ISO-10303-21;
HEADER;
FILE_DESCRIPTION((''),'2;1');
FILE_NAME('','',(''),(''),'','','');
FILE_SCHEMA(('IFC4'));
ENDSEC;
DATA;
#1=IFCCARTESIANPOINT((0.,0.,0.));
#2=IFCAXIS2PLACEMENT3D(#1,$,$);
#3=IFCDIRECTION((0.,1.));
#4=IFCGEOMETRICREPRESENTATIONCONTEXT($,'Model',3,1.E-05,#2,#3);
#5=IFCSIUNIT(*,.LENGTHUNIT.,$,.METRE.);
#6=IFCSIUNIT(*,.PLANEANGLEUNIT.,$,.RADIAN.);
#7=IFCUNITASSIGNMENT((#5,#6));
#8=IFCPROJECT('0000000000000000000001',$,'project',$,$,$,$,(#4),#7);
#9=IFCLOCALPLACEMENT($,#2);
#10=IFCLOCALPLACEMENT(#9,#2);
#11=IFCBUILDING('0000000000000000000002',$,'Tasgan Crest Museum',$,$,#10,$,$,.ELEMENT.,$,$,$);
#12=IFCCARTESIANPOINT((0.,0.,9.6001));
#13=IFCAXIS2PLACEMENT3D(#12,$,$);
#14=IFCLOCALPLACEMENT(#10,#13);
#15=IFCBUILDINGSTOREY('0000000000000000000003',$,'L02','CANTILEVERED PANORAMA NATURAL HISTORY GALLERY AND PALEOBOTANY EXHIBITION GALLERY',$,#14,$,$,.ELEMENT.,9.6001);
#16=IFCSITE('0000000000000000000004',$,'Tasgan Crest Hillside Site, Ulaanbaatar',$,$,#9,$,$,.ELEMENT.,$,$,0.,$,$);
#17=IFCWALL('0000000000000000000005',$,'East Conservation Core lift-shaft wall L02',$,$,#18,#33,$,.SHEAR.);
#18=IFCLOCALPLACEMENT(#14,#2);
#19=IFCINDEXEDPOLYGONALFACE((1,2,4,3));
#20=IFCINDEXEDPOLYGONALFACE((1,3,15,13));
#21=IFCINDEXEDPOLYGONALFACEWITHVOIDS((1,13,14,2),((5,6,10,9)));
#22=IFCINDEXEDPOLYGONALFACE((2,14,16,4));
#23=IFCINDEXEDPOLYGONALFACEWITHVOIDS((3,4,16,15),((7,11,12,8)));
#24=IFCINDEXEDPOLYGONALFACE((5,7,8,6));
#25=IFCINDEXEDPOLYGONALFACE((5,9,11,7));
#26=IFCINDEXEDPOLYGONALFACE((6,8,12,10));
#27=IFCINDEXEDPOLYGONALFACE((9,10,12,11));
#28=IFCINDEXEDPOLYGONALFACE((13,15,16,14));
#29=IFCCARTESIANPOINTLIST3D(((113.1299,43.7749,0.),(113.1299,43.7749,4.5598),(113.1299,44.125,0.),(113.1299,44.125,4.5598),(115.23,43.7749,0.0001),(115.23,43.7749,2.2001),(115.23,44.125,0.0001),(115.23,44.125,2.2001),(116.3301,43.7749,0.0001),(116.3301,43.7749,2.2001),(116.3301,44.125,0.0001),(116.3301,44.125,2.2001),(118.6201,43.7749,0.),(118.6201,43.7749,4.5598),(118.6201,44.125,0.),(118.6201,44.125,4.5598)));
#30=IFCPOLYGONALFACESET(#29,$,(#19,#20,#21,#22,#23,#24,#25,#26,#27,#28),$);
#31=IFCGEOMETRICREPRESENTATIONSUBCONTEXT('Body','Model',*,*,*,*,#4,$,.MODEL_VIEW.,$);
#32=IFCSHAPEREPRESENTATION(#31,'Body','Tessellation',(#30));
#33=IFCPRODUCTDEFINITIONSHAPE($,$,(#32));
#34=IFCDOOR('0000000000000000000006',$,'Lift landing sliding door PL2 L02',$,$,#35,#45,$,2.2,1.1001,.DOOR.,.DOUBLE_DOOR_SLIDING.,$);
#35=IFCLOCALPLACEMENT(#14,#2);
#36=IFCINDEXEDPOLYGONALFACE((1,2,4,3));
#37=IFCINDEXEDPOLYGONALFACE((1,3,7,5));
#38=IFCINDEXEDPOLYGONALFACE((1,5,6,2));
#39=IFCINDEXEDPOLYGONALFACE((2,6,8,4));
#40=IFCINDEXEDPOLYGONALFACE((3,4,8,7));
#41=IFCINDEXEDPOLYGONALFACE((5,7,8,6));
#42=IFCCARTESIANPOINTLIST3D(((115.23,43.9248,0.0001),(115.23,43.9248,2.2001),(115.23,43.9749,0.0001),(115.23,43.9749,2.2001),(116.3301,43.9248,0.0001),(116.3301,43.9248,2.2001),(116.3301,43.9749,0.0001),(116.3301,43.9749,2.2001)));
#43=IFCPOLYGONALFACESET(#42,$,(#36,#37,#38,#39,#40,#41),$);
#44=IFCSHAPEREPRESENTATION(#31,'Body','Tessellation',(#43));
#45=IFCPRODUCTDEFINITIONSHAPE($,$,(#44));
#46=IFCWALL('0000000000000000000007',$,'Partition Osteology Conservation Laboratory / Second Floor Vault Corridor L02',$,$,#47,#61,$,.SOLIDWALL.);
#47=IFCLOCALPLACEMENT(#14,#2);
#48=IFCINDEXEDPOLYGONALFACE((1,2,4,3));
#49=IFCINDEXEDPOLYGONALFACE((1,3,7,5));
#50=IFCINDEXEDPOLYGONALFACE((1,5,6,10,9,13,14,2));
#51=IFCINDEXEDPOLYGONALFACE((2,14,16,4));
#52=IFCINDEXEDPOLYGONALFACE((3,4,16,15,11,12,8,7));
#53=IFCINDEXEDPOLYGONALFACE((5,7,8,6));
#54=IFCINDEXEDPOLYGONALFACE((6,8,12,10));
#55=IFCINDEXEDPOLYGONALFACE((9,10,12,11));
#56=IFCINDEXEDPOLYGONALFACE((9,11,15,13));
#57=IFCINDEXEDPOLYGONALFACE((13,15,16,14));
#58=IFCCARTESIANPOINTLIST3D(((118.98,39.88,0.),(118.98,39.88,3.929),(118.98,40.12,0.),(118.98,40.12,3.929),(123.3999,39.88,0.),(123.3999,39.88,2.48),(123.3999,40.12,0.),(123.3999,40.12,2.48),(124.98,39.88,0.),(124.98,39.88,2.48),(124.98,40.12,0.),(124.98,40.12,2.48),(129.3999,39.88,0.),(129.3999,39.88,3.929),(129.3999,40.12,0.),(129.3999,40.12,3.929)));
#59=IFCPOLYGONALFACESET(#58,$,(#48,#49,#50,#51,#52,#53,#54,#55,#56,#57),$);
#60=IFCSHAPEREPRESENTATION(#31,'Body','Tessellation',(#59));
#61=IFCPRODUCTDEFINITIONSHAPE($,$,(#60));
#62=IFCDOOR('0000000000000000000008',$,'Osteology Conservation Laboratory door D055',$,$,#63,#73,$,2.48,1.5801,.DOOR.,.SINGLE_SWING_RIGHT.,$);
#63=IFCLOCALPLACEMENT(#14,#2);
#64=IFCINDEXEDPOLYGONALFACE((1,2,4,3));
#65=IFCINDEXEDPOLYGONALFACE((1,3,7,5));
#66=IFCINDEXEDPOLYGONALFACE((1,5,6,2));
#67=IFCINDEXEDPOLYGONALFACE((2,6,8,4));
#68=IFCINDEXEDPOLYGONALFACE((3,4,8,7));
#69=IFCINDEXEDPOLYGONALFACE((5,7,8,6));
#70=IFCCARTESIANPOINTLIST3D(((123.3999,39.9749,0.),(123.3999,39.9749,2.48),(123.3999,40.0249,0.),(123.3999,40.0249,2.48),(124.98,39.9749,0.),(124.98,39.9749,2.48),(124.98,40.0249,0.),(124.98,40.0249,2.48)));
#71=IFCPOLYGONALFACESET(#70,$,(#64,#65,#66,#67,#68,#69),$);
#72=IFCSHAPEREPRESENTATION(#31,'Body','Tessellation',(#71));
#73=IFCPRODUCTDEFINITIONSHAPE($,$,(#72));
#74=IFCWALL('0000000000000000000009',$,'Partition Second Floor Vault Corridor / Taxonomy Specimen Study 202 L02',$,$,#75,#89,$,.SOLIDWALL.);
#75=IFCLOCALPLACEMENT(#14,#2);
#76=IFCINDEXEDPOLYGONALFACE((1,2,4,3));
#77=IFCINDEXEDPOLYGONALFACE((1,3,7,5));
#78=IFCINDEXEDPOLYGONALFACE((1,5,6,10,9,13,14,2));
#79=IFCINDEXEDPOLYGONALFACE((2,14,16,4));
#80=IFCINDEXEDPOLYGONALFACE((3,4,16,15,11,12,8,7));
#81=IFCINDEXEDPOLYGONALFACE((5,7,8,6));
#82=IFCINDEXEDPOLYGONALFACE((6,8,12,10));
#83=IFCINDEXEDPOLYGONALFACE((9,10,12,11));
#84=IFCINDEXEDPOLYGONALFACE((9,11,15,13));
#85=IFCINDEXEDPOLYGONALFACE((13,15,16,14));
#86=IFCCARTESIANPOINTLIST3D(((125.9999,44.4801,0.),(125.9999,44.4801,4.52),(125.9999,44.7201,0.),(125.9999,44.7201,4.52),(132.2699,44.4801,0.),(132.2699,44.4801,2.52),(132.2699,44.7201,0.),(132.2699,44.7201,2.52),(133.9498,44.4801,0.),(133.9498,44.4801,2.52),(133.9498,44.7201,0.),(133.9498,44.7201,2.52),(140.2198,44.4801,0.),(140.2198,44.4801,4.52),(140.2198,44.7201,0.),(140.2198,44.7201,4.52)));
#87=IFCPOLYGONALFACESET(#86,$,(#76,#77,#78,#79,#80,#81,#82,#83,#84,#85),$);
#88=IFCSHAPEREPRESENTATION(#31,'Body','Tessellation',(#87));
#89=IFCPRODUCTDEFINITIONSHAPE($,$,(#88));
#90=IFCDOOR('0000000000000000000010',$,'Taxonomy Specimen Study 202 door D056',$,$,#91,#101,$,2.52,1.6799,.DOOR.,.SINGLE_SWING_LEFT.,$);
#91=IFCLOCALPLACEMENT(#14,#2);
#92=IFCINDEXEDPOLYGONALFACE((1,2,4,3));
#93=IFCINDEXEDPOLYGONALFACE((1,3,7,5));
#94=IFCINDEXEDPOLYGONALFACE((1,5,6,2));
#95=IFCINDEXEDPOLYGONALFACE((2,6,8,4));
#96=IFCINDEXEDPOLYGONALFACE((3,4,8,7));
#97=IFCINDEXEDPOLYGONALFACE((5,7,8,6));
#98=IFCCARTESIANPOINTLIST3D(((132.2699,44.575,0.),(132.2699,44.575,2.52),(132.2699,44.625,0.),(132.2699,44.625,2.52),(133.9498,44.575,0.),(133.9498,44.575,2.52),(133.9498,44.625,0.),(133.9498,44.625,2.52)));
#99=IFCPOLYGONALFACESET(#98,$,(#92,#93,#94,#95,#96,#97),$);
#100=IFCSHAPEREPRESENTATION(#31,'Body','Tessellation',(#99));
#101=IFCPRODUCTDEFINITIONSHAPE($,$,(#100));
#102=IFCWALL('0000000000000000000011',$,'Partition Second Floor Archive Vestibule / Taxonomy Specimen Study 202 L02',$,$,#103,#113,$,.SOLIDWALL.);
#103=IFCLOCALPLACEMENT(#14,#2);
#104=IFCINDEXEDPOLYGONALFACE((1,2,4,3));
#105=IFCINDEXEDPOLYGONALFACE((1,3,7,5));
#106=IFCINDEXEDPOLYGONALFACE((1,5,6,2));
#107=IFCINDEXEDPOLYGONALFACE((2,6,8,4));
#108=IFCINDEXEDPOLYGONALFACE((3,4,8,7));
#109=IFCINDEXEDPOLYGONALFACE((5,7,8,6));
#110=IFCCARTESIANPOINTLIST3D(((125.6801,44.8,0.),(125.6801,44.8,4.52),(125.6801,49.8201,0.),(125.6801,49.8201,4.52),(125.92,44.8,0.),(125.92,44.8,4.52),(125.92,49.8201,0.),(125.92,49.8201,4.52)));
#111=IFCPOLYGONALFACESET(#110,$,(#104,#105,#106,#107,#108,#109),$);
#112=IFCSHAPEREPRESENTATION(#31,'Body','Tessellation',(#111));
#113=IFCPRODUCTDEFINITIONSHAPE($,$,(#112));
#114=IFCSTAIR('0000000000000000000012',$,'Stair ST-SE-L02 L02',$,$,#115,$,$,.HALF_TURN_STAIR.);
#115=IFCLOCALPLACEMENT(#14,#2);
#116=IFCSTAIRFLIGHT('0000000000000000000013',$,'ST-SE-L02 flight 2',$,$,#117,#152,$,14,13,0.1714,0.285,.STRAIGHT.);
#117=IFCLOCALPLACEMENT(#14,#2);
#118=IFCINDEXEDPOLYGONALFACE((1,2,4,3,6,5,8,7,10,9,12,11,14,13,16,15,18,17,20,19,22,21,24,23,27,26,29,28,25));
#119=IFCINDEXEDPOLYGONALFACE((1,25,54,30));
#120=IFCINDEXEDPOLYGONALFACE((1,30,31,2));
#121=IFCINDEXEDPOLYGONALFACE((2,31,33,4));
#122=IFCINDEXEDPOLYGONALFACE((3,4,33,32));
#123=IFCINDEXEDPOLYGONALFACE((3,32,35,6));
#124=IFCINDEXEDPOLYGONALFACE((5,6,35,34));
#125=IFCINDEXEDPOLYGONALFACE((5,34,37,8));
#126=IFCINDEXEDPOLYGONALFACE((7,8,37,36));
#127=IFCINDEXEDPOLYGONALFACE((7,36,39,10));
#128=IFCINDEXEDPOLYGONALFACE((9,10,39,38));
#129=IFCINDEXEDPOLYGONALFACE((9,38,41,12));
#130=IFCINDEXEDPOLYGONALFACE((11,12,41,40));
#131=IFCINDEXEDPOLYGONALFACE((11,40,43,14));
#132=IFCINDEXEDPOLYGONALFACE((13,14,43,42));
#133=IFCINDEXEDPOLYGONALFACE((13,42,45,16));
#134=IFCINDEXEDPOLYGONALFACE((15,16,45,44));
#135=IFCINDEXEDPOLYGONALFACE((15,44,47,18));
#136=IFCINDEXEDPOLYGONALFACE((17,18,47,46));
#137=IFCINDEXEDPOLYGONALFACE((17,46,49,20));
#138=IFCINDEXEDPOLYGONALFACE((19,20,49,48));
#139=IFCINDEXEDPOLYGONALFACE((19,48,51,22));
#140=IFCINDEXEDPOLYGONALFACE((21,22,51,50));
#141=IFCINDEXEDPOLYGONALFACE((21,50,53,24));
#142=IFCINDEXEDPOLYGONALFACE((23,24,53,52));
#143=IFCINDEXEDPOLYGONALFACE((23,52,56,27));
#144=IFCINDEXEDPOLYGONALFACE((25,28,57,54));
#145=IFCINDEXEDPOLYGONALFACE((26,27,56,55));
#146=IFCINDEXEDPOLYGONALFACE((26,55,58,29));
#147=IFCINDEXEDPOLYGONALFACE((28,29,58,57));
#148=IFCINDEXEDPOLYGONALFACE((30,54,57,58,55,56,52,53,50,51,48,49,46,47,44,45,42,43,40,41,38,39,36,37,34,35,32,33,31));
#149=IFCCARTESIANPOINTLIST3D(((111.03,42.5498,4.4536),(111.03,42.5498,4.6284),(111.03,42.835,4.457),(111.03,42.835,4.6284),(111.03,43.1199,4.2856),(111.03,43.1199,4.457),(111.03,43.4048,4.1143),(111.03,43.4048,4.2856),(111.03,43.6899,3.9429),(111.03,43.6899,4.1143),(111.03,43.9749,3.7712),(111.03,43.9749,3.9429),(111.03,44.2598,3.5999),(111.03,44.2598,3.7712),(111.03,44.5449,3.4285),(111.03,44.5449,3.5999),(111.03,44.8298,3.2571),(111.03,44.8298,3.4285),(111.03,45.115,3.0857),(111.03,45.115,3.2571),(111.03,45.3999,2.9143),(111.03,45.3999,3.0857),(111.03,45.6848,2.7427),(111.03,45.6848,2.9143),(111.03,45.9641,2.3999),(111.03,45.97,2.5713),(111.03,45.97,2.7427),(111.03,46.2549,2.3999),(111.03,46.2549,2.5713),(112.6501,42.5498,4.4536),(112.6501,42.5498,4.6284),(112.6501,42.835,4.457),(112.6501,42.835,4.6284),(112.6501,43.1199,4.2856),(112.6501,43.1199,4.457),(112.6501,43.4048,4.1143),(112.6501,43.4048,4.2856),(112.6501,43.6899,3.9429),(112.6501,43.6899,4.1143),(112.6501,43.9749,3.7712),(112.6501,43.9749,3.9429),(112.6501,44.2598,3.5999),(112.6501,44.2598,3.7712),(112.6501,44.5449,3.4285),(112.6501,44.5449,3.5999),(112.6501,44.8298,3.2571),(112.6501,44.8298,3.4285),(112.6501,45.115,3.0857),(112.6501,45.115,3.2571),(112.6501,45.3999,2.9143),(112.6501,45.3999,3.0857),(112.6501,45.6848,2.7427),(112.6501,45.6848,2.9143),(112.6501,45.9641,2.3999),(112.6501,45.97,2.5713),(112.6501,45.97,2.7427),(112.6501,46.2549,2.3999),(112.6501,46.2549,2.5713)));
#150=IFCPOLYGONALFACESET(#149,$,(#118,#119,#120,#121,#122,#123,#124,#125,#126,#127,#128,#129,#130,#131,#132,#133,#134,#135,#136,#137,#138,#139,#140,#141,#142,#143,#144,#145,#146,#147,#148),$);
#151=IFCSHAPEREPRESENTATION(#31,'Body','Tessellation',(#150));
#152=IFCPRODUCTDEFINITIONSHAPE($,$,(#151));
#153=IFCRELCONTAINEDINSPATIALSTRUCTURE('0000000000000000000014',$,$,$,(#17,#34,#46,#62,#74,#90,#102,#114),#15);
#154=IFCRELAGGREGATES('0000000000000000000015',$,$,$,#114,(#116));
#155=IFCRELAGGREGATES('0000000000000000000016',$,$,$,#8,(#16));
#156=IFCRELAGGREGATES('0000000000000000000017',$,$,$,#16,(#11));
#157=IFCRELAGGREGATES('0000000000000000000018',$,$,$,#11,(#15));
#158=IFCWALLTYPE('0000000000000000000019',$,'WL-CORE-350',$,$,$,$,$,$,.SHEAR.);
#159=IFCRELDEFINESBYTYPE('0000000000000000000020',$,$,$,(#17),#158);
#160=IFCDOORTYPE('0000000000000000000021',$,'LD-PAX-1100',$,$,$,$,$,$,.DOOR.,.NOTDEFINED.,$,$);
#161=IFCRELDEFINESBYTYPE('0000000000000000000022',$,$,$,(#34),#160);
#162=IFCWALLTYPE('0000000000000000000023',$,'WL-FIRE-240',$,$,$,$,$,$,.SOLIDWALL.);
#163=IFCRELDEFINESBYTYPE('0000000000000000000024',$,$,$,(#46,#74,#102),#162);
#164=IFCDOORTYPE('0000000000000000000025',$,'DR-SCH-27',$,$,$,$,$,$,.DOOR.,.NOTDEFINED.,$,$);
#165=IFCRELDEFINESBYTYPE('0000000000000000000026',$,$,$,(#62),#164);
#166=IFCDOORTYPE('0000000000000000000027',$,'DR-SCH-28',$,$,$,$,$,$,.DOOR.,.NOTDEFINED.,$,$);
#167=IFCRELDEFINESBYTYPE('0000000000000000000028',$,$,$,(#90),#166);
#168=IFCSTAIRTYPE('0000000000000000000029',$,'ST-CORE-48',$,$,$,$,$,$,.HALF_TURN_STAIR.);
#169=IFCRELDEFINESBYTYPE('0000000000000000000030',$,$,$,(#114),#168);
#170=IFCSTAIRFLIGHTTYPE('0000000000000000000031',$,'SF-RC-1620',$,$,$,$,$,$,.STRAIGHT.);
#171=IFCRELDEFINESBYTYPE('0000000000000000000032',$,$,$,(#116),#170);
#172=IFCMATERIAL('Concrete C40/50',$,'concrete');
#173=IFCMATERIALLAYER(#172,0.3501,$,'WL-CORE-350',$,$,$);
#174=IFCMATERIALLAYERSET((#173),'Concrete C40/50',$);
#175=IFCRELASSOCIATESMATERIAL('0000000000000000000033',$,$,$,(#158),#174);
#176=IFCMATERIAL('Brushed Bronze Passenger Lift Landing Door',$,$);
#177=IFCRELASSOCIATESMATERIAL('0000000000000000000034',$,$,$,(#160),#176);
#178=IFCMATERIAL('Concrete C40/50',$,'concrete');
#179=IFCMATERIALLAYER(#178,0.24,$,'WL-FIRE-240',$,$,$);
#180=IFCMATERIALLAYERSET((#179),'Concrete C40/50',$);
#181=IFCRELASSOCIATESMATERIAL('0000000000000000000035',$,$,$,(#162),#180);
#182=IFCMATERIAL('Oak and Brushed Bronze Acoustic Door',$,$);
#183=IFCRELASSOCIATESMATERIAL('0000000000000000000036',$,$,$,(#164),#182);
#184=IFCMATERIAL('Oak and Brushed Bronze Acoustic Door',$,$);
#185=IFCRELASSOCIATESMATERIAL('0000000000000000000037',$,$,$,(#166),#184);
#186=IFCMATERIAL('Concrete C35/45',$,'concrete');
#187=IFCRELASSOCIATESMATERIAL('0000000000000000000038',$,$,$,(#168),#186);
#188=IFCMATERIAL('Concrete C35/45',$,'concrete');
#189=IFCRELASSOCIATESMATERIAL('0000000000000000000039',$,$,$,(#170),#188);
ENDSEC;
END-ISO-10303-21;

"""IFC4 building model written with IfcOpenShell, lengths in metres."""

from ifc_helpers import new_model, si_unit, direction, frame, frame_2d, origin, place, context, subcontext, project, spatial, polyline, rectangle, outline, extrude, material, layer, layer_set, type_object, element, fill, aggregate, save


model = new_model("IFC4")

# Units and contexts
model_context = context("Model", 3, precision=1e-05, world=origin(), true_north=direction((0.0, 1.0)))
body_context = subcontext(model_context, "Body", "Model", "MODEL_VIEW")
ifc_project = project(units=[si_unit("LENGTHUNIT", "METRE"), si_unit("PLANEANGLEUNIT", "RADIAN")], contexts=[model_context])

# Site, building, storey
site_placement = place(None, origin())
site = spatial("IfcSite", under=ifc_project, at=site_placement, Name="Tasgan Crest Hillside Site, Ulaanbaatar", CompositionType="ELEMENT", RefElevation=0.0)
building_placement = place(site_placement, origin())
building = spatial("IfcBuilding", under=site, at=building_placement, Name="Tasgan Crest Museum", CompositionType="ELEMENT")
storey_placement = place(building_placement, frame((0.0, 0.0, 9.6001)))
storey = spatial("IfcBuildingStorey", under=building, at=storey_placement, Name="L02", Description="CANTILEVERED PANORAMA NATURAL HISTORY GALLERY AND PALEOBOTANY EXHIBITION GALLERY", CompositionType="ELEMENT", Elevation=9.6001)

# Walls, openings, doors
ifc_material_1 = material(Name="Concrete C40/50", Category="concrete")
ifc_layer_1 = layer(ifc_material_1, 0.3501, Name="WL-CORE-350")
ifc_layer_set_1 = layer_set([ifc_layer_1], Name="Concrete C40/50")
wall_type_1 = type_object("IfcWallType", Name="WL-CORE-350", PredefinedType="SHEAR", material=ifc_layer_set_1)
wall_1_placement = place(storey_placement, frame((113.1299, 43.95, 0.0), z_axis=(0.0, 0.0, 1.0), x_axis=(1.0, 0.0, 0.0)))
wall_1 = element("IfcWall", 1, at=wall_1_placement, inside=storey, type_object=wall_type_1, Name="East Conservation Core lift-shaft wall L02", PredefinedType="SHEAR", context=body_context, shape_type="SweptSolid", body=[
    extrude(rectangle(XDim=5.4902, YDim=0.3501, at=frame_2d((2.7451, 0.0))), origin(), (0.0, 0.0, 1.0), 4.5598),
])
opening_1_placement = place(wall_1_placement, frame((2.1001, 0.0, 0.0)))
opening_1 = element("IfcOpeningElement", 2, at=opening_1_placement, cuts=wall_1, PredefinedType="OPENING", context=body_context, shape_type="SweptSolid", body=[
    extrude(rectangle(XDim=1.1001, YDim=2.2, at=frame_2d((0.55, 1.1001))), frame((0.0, 0.1851, 0.0), z_axis=(0.0, -1.0, 0.0), x_axis=(1.0, 0.0, 0.0)), (0.0, 0.0, 1.0), 0.3701),
])
ifc_material_2 = material(Name="Brushed Bronze Passenger Lift Landing Door")
door_type_1 = type_object("IfcDoorType", Name="LD-PAX-1100", OperationType="NOTDEFINED", PredefinedType="DOOR", material=ifc_material_2)
door_1_placement = place(opening_1_placement, origin())
door_1 = element("IfcDoor", 3, at=door_1_placement, inside=storey, type_object=door_type_1, Name="Lift landing sliding door PL2 L02", OperationType="DOUBLE_DOOR_SLIDING", OverallHeight=2.2, OverallWidth=1.1001, PredefinedType="DOOR", context=body_context, shape_type="SweptSolid", body=[
    extrude(rectangle(XDim=1.1001, YDim=2.2, at=frame_2d((0.55, 1.1001))), frame((0.0, 0.0249, 0.0), z_axis=(0.0, -1.0, 0.0), x_axis=(1.0, 0.0, 0.0)), (0.0, 0.0, 1.0), 0.05),
])
fill(opening_1, door_1)
ifc_material_3 = material(Name="Concrete C40/50", Category="concrete")
ifc_layer_2 = layer(ifc_material_3, 0.24, Name="WL-FIRE-240")
ifc_layer_set_2 = layer_set([ifc_layer_2], Name="Concrete C40/50")
wall_type_2 = type_object("IfcWallType", Name="WL-FIRE-240", PredefinedType="SOLIDWALL", material=ifc_layer_set_2)
wall_2_placement = place(storey_placement, frame((118.98, 40.0, 0.0), z_axis=(0.0, 0.0, 1.0), x_axis=(1.0, 0.0, 0.0)))
wall_2 = element("IfcWall", 4, at=wall_2_placement, inside=storey, type_object=wall_type_2, Name="Partition Osteology Conservation Laboratory / Second Floor Vault Corridor L02", PredefinedType="SOLIDWALL", context=body_context, shape_type="SweptSolid", body=[
    extrude(rectangle(XDim=10.4199, YDim=0.24, at=frame_2d((5.21, 0.0))), origin(), (0.0, 0.0, 1.0), 3.929),
])
opening_2_placement = place(wall_2_placement, frame((4.4199, 0.0, 0.0)))
opening_2 = element("IfcOpeningElement", 5, at=opening_2_placement, cuts=wall_2, PredefinedType="OPENING", context=body_context, shape_type="SweptSolid", body=[
    extrude(rectangle(XDim=1.5801, YDim=2.48, at=frame_2d((0.79, 1.24))), frame((0.0, 0.1299, 0.0), z_axis=(0.0, -1.0, 0.0), x_axis=(1.0, 0.0, 0.0)), (0.0, 0.0, 1.0), 0.26),
])
ifc_material_4 = material(Name="Oak and Brushed Bronze Acoustic Door")
door_type_2 = type_object("IfcDoorType", Name="DR-SCH-27", OperationType="NOTDEFINED", PredefinedType="DOOR", material=ifc_material_4)
door_2_placement = place(opening_2_placement, origin())
door_2 = element("IfcDoor", 6, at=door_2_placement, inside=storey, type_object=door_type_2, Name="Osteology Conservation Laboratory door D055", OperationType="SINGLE_SWING_RIGHT", OverallHeight=2.48, OverallWidth=1.5801, PredefinedType="DOOR", context=body_context, shape_type="SweptSolid", body=[
    extrude(rectangle(XDim=1.5801, YDim=2.48, at=frame_2d((0.79, 1.24))), frame((0.0, 0.0249, 0.0), z_axis=(0.0, -1.0, 0.0), x_axis=(1.0, 0.0, 0.0)), (0.0, 0.0, 1.0), 0.05),
])
fill(opening_2, door_2)
wall_3_placement = place(storey_placement, frame((126.0, 44.6001, 0.0), z_axis=(0.0, 0.0, 1.0), x_axis=(1.0, 0.0, 0.0)))
wall_3 = element("IfcWall", 7, at=wall_3_placement, inside=storey, type_object=wall_type_2, Name="Partition Second Floor Vault Corridor / Taxonomy Specimen Study 202 L02", PredefinedType="SOLIDWALL", context=body_context, shape_type="SweptSolid", body=[
    extrude(rectangle(XDim=14.22, YDim=0.24, at=frame_2d((7.1099, 0.0))), origin(), (0.0, 0.0, 1.0), 4.52),
])
opening_3_placement = place(wall_3_placement, frame((6.27, 0.0, 0.0)))
opening_3 = element("IfcOpeningElement", 8, at=opening_3_placement, cuts=wall_3, PredefinedType="OPENING", context=body_context, shape_type="SweptSolid", body=[
    extrude(rectangle(XDim=1.6799, YDim=2.52, at=frame_2d((0.8398, 1.26))), frame((0.0, 0.1299, 0.0), z_axis=(0.0, -1.0, 0.0), x_axis=(1.0, 0.0, 0.0)), (0.0, 0.0, 1.0), 0.26),
])
ifc_material_5 = material(Name="Oak and Brushed Bronze Acoustic Door")
door_type_3 = type_object("IfcDoorType", Name="DR-SCH-28", OperationType="NOTDEFINED", PredefinedType="DOOR", material=ifc_material_5)
door_3_placement = place(opening_3_placement, origin())
door_3 = element("IfcDoor", 9, at=door_3_placement, inside=storey, type_object=door_type_3, Name="Taxonomy Specimen Study 202 door D056", OperationType="SINGLE_SWING_LEFT", OverallHeight=2.52, OverallWidth=1.6799, PredefinedType="DOOR", context=body_context, shape_type="SweptSolid", body=[
    extrude(rectangle(XDim=1.6799, YDim=2.52, at=frame_2d((0.8398, 1.26))), frame((0.0, 0.0249, 0.0), z_axis=(0.0, -1.0, 0.0), x_axis=(1.0, 0.0, 0.0)), (0.0, 0.0, 1.0), 0.05),
])
fill(opening_3, door_3)

# Wall
wall_4_placement = place(storey_placement, frame((125.8, 44.8, 0.0), z_axis=(0.0, 0.0, 1.0), x_axis=(0.0, 1.0, 0.0)))
element("IfcWall", 10, at=wall_4_placement, inside=storey, type_object=wall_type_2, Name="Partition Second Floor Archive Vestibule / Taxonomy Specimen Study 202 L02", PredefinedType="SOLIDWALL", context=body_context, shape_type="SweptSolid", body=[
    extrude(rectangle(XDim=5.02, YDim=0.24, at=frame_2d((2.51, 0.0))), origin(), (0.0, 0.0, 1.0), 4.52),
])

# Stair, stair flight
ifc_material_6 = material(Name="Concrete C35/45", Category="concrete")
stair_type = type_object("IfcStairType", Name="ST-CORE-48", PredefinedType="HALF_TURN_STAIR", material=ifc_material_6)
stair_placement = place(storey_placement, origin())
stair = element("IfcStair", 11, at=stair_placement, inside=storey, type_object=stair_type, Name="Stair ST-SE-L02 L02", PredefinedType="HALF_TURN_STAIR")
ifc_material_7 = material(Name="Concrete C35/45", Category="concrete")
stair_flight_type = type_object("IfcStairFlightType", Name="SF-RC-1620", PredefinedType="STRAIGHT", material=ifc_material_7)
stair_flight_placement = place(storey_placement, frame((111.8401, 46.2549, 2.3999), z_axis=(0.0, 0.0, 1.0), x_axis=(0.0, -1.0, 0.0)))
stair_flight = element("IfcStairFlight", 12, at=stair_flight_placement, type_object=stair_flight_type, Name="ST-SE-L02 flight 2", NumberOfRisers=14, NumberOfTreads=13, PredefinedType="STRAIGHT", RiserHeight=0.1714, TreadLength=0.285, context=body_context, shape_type="SweptSolid", body=[
    extrude(outline(polyline([(0.0, 0.0), (0.0, 0.1714), (0.2849, 0.1714), (0.2849, 0.3428), (0.5701, 0.3428), (0.5701, 0.5144), (0.855, 0.5144), (0.855, 0.6858), (1.1399, 0.6858), (1.1399, 0.8572), (1.425, 0.8572), (1.425, 1.0286), (1.71, 1.0286), (1.71, 1.2), (1.9951, 1.2), (1.9951, 1.3713), (2.28, 1.3713), (2.28, 1.543), (2.5649, 1.543), (2.5649, 1.7144), (2.8501, 1.7144), (2.8501, 1.8857), (3.135, 1.8857), (3.135, 2.0571), (3.4199, 2.0571), (3.4199, 2.2285), (3.7051, 2.2285), (3.7051, 2.3999), (3.7051, 2.0537), (0.2908, 0.0), (0.0, 0.0)])), frame((0.0, 0.8101, 0.0), z_axis=(0.0, -1.0, 0.0), x_axis=(1.0, 0.0, 0.0)), (0.0, 0.0, 1.0), 1.6201),
])
aggregate(stair, [stair_flight])

save(model, "model.ifc")
